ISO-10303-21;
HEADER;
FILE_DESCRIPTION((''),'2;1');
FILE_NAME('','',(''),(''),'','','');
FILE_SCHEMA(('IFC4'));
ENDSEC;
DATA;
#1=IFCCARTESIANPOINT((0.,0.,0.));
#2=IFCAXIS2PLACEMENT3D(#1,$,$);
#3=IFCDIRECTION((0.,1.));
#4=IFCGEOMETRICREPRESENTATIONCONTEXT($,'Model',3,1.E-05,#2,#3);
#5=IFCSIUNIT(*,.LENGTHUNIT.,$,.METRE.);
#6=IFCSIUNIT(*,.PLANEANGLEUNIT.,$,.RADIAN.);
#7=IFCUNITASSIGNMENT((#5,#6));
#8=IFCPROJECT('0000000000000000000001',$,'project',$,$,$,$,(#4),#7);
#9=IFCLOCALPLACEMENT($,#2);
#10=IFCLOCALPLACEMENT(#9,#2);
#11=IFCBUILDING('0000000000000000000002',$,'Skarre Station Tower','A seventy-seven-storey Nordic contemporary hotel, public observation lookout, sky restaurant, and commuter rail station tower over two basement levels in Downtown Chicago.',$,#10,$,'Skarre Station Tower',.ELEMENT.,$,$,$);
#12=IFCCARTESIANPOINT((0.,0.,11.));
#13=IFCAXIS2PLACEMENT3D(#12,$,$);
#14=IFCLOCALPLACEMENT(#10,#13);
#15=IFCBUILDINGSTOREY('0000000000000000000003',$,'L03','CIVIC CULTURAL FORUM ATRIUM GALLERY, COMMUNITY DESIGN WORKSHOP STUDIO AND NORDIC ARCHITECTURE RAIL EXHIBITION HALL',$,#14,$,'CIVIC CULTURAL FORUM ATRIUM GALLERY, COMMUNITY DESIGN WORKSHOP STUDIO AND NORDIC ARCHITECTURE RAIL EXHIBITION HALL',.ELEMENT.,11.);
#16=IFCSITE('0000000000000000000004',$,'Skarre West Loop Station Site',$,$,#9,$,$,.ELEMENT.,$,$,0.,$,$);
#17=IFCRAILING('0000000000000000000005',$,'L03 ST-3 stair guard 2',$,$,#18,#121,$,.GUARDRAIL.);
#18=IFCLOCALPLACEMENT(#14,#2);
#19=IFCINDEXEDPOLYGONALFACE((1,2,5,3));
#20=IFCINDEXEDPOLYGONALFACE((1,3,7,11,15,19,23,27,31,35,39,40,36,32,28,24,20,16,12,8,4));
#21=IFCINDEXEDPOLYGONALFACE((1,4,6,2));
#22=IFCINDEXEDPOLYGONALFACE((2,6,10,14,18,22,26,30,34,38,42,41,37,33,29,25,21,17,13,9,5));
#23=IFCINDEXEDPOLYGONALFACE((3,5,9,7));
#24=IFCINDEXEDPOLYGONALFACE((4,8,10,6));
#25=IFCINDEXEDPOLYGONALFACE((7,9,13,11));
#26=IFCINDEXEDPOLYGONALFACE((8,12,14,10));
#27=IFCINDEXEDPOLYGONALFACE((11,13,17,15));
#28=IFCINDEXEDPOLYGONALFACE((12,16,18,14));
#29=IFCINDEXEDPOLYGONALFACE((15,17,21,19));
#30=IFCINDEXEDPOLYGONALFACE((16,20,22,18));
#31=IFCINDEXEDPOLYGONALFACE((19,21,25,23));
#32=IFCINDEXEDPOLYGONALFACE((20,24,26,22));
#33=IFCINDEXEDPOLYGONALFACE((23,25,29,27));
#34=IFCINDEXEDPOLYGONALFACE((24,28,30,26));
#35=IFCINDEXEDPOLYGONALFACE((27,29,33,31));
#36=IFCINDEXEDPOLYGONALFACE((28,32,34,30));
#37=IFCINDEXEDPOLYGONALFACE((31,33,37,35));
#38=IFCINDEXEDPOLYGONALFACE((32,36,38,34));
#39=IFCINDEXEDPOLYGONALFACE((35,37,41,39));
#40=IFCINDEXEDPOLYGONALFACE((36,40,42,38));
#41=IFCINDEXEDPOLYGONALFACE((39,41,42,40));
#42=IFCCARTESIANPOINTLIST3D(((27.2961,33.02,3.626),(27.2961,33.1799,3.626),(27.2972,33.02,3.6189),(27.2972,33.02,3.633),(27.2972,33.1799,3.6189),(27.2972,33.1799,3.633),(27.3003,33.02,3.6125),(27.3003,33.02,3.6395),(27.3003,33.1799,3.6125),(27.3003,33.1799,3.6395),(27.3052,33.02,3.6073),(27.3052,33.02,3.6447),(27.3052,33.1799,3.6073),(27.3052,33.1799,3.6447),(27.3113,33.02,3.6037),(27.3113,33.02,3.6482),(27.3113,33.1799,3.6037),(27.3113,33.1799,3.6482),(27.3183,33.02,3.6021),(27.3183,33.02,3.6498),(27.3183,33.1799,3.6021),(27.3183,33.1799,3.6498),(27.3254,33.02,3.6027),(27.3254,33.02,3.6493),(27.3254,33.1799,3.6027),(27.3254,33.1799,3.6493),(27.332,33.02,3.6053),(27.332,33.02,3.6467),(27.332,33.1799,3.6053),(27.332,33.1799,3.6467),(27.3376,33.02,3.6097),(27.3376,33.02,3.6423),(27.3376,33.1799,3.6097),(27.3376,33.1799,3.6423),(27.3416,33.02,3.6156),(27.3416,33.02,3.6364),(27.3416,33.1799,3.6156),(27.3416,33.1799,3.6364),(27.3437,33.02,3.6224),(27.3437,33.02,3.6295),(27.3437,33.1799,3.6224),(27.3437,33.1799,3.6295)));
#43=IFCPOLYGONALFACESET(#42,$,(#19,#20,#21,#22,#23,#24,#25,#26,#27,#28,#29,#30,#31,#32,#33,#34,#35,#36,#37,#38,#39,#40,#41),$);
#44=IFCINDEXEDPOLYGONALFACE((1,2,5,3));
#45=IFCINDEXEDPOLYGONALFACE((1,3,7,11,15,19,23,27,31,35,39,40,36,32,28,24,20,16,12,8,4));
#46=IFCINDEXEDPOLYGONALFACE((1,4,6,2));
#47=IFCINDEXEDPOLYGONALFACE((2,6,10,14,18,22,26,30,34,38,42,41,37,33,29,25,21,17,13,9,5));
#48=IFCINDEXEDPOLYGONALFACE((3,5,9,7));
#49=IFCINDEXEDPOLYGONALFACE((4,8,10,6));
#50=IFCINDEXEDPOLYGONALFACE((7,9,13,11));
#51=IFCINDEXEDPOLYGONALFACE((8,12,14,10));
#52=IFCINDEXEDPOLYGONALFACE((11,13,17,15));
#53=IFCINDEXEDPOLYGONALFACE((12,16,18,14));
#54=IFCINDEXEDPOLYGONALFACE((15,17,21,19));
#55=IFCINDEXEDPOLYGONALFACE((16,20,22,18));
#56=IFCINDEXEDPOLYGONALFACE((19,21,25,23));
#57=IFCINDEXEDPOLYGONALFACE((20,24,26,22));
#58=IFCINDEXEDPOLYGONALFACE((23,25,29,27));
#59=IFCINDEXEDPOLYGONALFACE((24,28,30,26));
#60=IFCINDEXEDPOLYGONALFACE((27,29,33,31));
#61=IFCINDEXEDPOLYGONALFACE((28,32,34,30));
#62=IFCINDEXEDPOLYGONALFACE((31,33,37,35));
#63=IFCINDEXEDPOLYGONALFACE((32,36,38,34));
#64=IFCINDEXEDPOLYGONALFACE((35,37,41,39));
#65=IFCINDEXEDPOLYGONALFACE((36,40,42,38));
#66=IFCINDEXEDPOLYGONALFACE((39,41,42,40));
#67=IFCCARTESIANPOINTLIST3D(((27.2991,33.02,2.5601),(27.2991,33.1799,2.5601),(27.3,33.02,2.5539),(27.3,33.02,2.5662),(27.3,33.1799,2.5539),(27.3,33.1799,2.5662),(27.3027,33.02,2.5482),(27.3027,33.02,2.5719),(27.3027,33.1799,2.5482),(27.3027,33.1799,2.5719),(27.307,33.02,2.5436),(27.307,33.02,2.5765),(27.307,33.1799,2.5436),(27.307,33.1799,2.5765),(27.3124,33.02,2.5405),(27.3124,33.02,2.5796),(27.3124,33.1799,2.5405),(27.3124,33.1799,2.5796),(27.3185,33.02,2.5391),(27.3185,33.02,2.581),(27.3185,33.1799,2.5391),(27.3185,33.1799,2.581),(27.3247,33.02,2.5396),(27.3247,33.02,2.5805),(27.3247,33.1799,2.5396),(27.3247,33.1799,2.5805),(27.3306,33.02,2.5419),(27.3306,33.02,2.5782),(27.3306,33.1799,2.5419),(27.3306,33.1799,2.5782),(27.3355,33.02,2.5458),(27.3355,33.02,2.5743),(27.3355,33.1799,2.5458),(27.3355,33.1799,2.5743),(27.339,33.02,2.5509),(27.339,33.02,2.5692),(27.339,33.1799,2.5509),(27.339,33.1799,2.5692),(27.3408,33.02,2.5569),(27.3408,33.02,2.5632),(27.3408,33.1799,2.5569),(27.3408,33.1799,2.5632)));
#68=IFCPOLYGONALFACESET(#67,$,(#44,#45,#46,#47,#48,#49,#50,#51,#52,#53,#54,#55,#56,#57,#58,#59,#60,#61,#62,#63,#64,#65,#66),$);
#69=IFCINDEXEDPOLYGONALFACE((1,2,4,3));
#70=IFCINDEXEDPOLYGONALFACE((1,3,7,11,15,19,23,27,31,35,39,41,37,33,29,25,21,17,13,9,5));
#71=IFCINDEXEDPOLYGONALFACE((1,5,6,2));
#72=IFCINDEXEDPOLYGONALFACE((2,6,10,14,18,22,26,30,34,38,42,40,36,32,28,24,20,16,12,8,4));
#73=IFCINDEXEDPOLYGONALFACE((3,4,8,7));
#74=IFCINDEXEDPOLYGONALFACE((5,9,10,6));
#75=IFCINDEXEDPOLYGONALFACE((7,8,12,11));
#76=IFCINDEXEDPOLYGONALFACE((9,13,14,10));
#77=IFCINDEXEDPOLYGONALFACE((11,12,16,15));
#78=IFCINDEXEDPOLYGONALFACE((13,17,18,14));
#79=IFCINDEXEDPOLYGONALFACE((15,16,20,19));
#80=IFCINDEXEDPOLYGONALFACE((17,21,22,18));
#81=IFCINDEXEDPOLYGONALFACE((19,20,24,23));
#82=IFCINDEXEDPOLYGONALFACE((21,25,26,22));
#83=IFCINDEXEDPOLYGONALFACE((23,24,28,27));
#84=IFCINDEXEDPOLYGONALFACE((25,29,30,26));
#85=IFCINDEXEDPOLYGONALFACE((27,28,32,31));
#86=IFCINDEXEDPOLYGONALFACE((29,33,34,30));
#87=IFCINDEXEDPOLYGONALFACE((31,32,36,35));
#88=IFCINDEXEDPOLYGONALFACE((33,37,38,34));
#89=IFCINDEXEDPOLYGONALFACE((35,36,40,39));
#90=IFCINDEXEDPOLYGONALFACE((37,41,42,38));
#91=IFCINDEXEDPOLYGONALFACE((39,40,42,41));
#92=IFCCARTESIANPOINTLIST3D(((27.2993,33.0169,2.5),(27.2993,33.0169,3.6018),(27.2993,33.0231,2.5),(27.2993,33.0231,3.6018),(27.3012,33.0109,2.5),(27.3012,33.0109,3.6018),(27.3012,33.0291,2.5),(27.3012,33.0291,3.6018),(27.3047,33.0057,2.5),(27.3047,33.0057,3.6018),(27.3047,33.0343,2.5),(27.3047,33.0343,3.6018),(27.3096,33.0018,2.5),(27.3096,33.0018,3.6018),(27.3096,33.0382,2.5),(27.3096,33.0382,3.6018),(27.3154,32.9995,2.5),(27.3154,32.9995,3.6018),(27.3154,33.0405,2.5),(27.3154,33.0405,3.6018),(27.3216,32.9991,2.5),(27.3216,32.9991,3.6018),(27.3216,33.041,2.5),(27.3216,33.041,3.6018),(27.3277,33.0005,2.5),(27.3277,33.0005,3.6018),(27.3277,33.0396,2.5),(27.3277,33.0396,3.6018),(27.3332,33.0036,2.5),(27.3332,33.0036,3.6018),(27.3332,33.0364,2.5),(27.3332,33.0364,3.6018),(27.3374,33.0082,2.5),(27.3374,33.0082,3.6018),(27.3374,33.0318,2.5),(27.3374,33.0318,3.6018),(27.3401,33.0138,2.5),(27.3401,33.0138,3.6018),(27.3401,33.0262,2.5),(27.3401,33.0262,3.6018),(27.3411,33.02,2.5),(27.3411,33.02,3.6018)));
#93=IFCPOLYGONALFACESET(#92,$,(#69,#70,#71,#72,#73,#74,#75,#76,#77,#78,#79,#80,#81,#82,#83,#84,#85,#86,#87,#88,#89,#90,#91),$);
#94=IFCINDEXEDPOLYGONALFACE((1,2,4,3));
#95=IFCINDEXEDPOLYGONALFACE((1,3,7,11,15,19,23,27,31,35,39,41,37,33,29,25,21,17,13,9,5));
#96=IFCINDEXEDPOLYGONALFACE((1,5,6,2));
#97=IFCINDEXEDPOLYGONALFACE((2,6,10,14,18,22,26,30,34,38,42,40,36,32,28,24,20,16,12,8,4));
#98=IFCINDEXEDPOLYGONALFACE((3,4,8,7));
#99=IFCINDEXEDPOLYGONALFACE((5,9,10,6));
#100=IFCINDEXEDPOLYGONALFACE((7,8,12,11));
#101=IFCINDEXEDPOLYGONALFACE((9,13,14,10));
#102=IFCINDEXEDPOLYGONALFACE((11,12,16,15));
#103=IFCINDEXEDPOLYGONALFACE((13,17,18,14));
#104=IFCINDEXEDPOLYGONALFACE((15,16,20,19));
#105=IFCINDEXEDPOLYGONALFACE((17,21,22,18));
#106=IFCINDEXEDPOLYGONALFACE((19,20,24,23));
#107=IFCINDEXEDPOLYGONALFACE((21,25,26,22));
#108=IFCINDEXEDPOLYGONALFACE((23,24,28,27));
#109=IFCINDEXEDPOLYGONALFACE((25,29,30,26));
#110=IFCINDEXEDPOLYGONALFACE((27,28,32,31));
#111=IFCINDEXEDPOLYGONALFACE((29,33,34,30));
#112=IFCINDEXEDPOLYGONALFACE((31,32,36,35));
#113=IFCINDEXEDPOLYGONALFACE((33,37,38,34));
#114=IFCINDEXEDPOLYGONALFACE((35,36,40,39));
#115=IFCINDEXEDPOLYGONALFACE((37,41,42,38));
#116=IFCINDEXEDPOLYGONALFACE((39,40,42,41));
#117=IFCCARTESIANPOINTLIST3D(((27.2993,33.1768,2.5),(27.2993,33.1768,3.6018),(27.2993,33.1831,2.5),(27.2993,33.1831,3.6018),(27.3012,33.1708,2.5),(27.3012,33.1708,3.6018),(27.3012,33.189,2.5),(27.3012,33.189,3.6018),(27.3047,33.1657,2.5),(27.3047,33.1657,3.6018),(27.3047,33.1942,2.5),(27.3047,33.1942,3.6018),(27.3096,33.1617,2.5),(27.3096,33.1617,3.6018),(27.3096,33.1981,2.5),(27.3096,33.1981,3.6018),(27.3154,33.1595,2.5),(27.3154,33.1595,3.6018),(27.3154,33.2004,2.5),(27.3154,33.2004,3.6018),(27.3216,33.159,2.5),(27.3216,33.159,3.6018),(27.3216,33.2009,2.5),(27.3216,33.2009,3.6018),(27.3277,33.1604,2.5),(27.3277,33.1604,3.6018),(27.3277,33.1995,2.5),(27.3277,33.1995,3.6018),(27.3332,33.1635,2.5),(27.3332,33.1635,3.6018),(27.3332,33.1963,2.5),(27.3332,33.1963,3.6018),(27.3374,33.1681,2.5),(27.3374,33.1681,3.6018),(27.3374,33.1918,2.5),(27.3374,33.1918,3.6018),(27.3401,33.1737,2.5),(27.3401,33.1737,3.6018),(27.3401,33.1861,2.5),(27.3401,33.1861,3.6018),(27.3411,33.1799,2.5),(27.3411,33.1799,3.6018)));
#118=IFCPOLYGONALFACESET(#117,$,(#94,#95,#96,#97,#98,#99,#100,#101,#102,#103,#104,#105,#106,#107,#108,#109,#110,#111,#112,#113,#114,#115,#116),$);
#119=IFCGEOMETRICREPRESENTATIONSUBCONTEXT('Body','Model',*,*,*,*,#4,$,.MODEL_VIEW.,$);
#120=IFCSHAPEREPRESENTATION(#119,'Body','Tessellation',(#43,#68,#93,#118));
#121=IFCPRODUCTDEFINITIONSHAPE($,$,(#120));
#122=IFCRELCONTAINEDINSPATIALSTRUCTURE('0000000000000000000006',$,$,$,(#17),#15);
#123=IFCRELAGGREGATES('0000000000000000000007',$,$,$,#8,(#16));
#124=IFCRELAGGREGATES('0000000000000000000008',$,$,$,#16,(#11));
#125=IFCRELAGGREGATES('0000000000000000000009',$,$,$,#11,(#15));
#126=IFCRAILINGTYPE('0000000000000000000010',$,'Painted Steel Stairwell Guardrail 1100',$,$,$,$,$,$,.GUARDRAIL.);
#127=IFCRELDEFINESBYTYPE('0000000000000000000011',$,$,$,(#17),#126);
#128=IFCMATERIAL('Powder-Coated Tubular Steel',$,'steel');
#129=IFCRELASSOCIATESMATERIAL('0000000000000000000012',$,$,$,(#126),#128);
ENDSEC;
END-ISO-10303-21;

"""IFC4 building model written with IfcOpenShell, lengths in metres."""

from ifc_helpers import new_model, si_unit, direction, frame, origin, origin_2d, place, context, subcontext, project, spatial, circle, extrude, material, type_object, element, save


model = new_model("IFC4")

# Units and contexts
model_context = context("Model", 3, precision=1e-05, world=origin(), true_north=direction((0.0, 1.0)))
body_context = subcontext(model_context, "Body", "Model", "MODEL_VIEW")
ifc_project = project(units=[si_unit("LENGTHUNIT", "METRE"), si_unit("PLANEANGLEUNIT", "RADIAN")], contexts=[model_context])

# Site, building, storey
site_placement = place(None, origin())
site = spatial("IfcSite", under=ifc_project, at=site_placement, Name="Skarre West Loop Station Site", CompositionType="ELEMENT", RefElevation=0.0)
building_placement = place(site_placement, origin())
building = spatial("IfcBuilding", under=site, at=building_placement, Name="Skarre Station Tower", Description="A seventy-seven-storey Nordic contemporary hotel, public observation lookout, sky restaurant, and commuter rail station tower over two basement levels in Downtown Chicago.", LongName="Skarre Station Tower", CompositionType="ELEMENT")
storey_placement = place(building_placement, frame((0.0, 0.0, 11.0)))
storey = spatial("IfcBuildingStorey", under=building, at=storey_placement, Name="L03", Description="CIVIC CULTURAL FORUM ATRIUM GALLERY, COMMUNITY DESIGN WORKSHOP STUDIO AND NORDIC ARCHITECTURE RAIL EXHIBITION HALL", LongName="CIVIC CULTURAL FORUM ATRIUM GALLERY, COMMUNITY DESIGN WORKSHOP STUDIO AND NORDIC ARCHITECTURE RAIL EXHIBITION HALL", CompositionType="ELEMENT", Elevation=11.0)

# Railing
ifc_material_1 = material(Name="Powder-Coated Tubular Steel", Category="steel")
railing_type = type_object("IfcRailingType", Name="Painted Steel Stairwell Guardrail 1100", PredefinedType="GUARDRAIL", material=ifc_material_1)
railing_placement = place(storey_placement, frame((27.3201, 33.02, 2.5)))
element("IfcRailing", 1, at=railing_placement, inside=storey, type_object=railing_type, Name="L03 ST-3 stair guard 2", PredefinedType="GUARDRAIL", context=body_context, shape_type="SweptSolid", body=[
    extrude(circle(Radius=0.0239, at=origin_2d()), frame((0.0, 0.0, 1.126), z_axis=(0.0, 1.0, 0.0), x_axis=(-1.0, 0.0, 0.0)), (0.0, 0.0, 1.0), 0.1599),
    extrude(circle(Radius=0.021, at=origin_2d()), frame((0.0, 0.0, 0.0601), z_axis=(0.0, 1.0, 0.0), x_axis=(-1.0, 0.0, 0.0)), (0.0, 0.0, 1.0), 0.1599),
    extrude(circle(Radius=0.021, at=origin_2d()), origin(), (0.0, 0.0, 1.0), 1.1018),
    extrude(circle(Radius=0.021, at=origin_2d()), frame((0.0, 0.1599, 0.0)), (0.0, 0.0, 1.0), 1.1018),
])

save(model, "model.ifc")
